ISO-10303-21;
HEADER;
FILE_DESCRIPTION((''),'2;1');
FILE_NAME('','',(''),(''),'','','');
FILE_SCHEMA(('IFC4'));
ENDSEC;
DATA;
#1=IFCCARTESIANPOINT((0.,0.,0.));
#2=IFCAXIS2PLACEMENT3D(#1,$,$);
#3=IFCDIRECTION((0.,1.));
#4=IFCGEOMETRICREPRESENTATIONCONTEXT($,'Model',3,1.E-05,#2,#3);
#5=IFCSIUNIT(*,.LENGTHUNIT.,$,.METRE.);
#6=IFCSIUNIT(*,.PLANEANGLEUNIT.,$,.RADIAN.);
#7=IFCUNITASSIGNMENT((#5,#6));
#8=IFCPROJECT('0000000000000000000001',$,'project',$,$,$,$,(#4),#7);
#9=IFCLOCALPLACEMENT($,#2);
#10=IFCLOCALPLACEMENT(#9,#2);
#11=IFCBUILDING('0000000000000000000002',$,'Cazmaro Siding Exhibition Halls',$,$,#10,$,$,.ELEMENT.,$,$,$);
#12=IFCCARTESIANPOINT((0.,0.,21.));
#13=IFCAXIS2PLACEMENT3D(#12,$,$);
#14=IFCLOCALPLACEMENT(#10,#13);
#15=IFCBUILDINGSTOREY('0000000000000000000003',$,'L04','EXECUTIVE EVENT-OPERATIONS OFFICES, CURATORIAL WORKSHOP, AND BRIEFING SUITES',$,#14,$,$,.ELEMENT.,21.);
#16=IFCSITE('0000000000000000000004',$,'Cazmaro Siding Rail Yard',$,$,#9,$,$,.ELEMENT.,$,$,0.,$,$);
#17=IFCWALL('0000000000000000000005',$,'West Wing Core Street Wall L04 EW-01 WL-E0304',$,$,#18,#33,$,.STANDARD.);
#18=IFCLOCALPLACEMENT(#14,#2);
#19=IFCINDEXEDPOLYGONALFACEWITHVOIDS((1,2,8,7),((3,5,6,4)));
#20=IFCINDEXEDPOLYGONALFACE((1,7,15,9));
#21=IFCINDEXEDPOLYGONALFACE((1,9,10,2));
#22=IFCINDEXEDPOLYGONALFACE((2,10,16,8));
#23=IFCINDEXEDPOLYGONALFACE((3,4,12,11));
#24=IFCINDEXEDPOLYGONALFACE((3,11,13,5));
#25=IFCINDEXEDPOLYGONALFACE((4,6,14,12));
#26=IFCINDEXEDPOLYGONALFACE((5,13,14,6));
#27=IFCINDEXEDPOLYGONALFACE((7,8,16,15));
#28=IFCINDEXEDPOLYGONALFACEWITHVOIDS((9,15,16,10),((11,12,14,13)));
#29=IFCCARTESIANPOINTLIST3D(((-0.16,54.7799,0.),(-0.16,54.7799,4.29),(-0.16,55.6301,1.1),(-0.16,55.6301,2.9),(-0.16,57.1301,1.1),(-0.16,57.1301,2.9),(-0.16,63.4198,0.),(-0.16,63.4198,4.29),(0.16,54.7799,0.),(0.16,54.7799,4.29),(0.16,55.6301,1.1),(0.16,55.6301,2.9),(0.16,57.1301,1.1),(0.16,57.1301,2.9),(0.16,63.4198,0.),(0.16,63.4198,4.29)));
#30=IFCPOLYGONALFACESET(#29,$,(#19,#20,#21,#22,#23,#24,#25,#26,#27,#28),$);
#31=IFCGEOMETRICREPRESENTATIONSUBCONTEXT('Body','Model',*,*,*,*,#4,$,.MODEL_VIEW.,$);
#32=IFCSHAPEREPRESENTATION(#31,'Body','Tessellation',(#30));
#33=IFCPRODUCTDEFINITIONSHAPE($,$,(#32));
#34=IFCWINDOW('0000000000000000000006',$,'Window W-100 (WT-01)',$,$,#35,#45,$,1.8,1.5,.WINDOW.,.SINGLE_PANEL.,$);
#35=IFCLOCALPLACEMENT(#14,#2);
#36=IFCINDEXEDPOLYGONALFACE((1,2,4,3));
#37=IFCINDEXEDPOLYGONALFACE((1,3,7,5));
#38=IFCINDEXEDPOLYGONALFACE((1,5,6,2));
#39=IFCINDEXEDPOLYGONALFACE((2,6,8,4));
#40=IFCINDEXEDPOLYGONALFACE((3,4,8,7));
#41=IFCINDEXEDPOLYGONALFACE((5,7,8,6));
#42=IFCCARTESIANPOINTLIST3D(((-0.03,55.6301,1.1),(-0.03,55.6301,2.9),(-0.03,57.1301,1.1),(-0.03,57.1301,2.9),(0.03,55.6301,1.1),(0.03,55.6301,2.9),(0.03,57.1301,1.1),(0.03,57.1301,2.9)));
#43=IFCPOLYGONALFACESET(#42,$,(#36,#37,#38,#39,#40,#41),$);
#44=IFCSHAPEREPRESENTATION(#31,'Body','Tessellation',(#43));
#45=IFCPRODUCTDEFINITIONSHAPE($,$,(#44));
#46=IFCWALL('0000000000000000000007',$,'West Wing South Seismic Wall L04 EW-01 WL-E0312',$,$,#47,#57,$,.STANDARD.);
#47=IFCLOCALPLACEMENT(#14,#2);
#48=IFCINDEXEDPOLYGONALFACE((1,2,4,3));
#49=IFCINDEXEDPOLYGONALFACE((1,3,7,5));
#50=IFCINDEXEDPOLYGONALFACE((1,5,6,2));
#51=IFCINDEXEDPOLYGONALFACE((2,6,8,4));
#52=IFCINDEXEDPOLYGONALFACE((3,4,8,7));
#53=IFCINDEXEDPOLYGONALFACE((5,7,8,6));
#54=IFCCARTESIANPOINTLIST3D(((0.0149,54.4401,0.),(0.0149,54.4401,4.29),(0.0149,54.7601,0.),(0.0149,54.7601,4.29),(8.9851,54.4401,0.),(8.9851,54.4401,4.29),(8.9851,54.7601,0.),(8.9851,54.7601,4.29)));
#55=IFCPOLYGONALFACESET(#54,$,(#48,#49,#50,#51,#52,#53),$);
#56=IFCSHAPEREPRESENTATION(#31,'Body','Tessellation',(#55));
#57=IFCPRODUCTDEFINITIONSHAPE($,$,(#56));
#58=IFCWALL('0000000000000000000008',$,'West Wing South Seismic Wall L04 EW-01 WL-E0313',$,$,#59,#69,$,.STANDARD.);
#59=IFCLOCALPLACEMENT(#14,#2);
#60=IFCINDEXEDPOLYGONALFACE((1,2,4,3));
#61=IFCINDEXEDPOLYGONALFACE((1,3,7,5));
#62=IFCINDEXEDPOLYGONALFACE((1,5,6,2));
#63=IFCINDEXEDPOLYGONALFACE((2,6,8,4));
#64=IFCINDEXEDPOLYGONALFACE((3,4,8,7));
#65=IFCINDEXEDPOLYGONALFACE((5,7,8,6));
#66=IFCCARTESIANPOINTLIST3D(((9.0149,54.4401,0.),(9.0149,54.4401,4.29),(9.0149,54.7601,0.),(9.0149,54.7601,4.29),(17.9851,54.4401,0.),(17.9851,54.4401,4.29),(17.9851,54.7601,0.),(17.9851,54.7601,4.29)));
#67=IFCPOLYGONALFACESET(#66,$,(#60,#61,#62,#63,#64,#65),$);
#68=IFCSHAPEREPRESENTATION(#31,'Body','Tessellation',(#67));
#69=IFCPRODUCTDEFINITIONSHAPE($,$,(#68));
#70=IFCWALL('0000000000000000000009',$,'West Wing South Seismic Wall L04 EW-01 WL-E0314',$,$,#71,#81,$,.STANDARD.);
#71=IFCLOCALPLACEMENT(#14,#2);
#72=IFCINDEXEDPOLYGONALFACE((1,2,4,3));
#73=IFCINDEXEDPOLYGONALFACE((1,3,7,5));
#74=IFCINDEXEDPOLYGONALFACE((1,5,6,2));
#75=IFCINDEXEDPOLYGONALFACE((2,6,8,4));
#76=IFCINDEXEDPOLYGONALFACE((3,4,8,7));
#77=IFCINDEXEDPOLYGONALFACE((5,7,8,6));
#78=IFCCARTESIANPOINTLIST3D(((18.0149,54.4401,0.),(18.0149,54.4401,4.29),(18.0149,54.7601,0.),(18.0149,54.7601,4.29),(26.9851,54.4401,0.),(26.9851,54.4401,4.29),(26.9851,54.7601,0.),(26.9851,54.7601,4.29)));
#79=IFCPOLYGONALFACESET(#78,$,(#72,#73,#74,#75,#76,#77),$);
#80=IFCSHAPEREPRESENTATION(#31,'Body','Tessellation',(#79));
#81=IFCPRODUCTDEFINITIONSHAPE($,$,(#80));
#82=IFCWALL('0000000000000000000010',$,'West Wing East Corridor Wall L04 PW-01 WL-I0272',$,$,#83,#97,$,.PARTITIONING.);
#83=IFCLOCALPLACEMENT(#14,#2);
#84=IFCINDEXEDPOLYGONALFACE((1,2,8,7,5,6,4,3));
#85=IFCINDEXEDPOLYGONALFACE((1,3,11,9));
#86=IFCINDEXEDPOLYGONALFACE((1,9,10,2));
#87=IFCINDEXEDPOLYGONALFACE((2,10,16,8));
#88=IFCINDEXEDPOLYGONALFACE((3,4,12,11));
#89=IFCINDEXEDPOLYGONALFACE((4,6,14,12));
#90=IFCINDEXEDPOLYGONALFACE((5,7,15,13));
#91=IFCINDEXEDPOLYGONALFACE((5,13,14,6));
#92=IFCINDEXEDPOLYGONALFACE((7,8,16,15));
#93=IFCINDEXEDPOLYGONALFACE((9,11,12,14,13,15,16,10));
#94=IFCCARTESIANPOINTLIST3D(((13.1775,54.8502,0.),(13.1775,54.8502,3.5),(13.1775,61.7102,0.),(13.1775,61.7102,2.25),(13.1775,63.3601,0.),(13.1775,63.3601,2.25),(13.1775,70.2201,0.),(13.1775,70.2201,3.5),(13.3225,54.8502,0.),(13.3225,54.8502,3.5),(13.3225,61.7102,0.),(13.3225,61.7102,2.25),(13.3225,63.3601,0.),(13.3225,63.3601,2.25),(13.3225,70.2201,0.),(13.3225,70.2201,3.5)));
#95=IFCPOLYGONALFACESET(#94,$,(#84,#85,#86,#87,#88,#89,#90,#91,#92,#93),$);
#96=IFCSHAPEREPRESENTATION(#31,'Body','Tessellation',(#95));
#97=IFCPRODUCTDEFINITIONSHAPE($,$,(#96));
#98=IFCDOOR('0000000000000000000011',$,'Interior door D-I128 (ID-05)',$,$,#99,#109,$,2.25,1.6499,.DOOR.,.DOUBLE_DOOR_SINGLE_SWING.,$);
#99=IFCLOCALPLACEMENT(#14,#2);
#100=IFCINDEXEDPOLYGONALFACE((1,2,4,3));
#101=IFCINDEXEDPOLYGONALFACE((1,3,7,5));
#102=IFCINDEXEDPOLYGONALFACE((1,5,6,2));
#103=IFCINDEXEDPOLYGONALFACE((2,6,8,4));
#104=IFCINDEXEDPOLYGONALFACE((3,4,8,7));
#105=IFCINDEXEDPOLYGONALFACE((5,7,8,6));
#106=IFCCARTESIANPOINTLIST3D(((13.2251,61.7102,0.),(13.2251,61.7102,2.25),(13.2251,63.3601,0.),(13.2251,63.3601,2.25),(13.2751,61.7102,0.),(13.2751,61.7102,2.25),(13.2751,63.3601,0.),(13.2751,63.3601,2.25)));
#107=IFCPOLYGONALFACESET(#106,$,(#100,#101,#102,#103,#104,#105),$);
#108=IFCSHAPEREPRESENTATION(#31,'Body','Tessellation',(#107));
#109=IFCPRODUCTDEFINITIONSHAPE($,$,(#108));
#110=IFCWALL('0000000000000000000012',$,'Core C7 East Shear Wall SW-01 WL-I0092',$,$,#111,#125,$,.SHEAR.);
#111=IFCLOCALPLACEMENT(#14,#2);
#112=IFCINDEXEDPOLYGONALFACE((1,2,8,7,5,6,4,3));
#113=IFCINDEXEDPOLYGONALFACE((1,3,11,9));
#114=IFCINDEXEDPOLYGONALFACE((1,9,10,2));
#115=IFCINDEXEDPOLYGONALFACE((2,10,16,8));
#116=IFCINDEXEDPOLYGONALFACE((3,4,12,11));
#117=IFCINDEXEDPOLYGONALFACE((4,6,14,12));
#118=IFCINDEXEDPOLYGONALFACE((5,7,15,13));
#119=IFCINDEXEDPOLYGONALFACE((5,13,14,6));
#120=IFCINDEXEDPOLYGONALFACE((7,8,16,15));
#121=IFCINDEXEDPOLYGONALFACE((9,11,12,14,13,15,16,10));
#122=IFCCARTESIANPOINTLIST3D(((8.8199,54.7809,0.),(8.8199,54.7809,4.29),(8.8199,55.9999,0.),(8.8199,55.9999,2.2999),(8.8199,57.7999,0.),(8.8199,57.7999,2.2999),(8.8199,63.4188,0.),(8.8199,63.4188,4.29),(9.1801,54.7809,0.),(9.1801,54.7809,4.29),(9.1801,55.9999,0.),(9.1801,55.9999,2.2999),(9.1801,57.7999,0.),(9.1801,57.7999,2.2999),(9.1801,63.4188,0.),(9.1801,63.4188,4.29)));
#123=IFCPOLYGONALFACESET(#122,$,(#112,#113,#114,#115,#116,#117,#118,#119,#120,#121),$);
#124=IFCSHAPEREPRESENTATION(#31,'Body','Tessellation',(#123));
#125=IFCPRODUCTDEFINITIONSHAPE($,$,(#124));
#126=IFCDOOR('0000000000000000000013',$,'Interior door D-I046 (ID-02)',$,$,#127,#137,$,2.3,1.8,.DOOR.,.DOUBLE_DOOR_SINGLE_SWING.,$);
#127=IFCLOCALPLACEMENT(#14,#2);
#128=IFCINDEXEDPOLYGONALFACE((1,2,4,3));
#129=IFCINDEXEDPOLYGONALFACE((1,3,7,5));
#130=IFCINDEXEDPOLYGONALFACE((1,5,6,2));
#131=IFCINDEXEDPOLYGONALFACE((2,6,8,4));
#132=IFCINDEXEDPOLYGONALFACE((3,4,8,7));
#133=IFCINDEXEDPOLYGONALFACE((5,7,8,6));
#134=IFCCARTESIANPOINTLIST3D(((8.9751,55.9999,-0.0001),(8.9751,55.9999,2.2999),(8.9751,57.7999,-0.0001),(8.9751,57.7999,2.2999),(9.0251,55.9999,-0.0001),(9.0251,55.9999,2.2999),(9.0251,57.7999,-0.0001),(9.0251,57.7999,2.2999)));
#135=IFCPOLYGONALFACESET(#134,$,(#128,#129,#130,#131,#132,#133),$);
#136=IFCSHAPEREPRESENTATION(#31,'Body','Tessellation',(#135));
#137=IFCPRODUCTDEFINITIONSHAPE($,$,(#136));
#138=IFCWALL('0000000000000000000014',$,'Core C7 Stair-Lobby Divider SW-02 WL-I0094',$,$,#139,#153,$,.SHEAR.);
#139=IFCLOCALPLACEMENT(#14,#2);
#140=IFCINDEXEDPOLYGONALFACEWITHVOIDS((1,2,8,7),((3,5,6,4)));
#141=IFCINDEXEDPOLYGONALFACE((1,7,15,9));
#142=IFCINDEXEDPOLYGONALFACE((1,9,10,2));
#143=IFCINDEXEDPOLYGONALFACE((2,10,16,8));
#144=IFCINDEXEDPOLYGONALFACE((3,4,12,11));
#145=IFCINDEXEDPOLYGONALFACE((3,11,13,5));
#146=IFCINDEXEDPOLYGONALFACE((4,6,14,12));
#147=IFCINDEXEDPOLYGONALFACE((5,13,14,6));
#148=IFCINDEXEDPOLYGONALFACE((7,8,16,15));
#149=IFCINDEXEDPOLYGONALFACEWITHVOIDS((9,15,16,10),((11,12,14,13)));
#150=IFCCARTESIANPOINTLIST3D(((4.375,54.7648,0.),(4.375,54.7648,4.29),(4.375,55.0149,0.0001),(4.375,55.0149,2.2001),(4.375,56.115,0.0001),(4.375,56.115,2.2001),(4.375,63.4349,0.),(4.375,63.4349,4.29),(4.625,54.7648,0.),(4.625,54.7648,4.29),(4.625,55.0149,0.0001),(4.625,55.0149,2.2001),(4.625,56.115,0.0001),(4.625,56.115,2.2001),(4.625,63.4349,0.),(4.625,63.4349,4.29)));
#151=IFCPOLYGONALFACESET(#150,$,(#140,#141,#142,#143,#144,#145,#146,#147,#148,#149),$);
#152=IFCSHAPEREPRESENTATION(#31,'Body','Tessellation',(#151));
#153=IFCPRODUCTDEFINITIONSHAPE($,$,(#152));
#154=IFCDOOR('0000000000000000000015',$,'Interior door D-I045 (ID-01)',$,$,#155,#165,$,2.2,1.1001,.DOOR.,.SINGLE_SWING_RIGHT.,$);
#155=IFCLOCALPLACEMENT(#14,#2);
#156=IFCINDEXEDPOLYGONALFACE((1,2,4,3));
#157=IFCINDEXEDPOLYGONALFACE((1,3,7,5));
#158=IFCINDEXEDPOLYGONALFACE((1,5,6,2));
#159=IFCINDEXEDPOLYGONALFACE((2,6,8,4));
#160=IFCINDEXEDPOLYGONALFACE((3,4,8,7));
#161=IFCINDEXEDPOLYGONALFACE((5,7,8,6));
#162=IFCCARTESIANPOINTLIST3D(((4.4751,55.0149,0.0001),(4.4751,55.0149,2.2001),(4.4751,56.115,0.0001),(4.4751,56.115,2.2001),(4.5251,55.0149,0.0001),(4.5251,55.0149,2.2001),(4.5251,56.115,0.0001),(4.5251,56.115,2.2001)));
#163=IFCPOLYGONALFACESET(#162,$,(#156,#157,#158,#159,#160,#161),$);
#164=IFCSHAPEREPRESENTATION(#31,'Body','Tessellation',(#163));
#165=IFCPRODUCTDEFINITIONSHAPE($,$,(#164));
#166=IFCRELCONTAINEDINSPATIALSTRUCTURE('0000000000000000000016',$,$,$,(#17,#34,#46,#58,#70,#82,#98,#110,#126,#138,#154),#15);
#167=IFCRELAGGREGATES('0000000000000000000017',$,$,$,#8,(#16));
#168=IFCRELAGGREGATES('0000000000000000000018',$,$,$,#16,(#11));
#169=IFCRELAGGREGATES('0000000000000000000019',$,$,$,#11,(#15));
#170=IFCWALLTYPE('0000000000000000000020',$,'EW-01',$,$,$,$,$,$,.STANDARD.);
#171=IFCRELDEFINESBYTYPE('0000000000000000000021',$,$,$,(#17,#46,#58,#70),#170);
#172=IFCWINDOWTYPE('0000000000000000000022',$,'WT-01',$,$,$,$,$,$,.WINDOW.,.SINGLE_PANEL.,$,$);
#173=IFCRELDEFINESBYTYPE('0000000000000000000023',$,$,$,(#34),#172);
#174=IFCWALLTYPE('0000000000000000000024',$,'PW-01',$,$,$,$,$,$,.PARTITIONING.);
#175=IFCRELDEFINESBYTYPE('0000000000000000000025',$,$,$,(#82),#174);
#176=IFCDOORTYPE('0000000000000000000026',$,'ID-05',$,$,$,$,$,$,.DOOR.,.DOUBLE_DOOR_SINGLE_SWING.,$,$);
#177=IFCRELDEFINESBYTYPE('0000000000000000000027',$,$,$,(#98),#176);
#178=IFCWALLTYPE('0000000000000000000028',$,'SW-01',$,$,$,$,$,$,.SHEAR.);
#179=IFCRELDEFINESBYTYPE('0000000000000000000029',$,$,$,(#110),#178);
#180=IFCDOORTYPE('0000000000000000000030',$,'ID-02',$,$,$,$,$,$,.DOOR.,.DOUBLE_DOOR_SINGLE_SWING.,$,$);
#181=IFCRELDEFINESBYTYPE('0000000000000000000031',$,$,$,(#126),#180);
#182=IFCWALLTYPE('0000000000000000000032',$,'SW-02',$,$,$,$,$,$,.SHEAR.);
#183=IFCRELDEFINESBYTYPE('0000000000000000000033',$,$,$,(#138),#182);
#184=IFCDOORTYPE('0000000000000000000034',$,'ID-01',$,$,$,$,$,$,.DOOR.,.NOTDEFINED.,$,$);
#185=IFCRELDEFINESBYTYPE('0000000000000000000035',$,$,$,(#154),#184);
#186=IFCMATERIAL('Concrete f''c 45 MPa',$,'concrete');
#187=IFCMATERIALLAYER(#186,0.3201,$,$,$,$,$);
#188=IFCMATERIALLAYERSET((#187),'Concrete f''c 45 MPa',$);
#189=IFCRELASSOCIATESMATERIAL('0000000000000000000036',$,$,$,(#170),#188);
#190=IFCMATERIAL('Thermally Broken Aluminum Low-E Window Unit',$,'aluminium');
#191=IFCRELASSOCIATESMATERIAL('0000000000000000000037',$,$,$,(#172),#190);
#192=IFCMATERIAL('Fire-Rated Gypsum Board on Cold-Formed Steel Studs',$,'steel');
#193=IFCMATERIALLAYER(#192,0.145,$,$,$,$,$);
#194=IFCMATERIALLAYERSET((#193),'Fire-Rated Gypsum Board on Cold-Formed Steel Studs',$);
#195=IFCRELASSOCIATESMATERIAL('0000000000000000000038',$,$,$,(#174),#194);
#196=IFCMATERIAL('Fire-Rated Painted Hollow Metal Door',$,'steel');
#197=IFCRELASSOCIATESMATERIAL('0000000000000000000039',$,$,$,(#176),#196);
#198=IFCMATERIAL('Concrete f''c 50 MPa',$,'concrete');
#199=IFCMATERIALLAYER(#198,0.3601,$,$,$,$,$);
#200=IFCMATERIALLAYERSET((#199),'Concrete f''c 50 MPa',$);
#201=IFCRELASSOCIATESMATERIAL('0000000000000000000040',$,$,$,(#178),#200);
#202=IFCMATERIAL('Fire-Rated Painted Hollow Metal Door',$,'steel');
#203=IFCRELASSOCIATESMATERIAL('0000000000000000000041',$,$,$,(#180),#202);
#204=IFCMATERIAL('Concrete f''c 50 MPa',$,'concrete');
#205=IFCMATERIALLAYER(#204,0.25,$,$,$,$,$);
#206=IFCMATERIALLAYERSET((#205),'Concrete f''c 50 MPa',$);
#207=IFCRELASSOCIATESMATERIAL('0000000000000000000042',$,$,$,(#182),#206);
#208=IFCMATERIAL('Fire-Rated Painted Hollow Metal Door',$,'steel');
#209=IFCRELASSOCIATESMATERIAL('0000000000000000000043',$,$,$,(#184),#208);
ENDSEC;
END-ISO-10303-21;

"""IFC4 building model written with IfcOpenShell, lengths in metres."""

from ifc_helpers import new_model, si_unit, direction, frame, frame_2d, origin, place, context, subcontext, project, spatial, rectangle, extrude, material, layer, layer_set, type_object, element, fill, save


model = new_model("IFC4")

# Units and contexts
model_context = context("Model", 3, precision=1e-05, world=origin(), true_north=direction((0.0, 1.0)))
body_context = subcontext(model_context, "Body", "Model", "MODEL_VIEW")
ifc_project = project(units=[si_unit("LENGTHUNIT", "METRE"), si_unit("PLANEANGLEUNIT", "RADIAN")], contexts=[model_context])

# Site, building, storey
site_placement = place(None, origin())
site = spatial("IfcSite", under=ifc_project, at=site_placement, Name="Cazmaro Siding Rail Yard", CompositionType="ELEMENT", RefElevation=0.0)
building_placement = place(site_placement, origin())
building = spatial("IfcBuilding", under=site, at=building_placement, Name="Cazmaro Siding Exhibition Halls", CompositionType="ELEMENT")
storey_placement = place(building_placement, frame((0.0, 0.0, 21.0)))
storey = spatial("IfcBuildingStorey", under=building, at=storey_placement, Name="L04", Description="EXECUTIVE EVENT-OPERATIONS OFFICES, CURATORIAL WORKSHOP, AND BRIEFING SUITES", CompositionType="ELEMENT", Elevation=21.0)

# Wall, opening, window
ifc_material_1 = material(Name="Concrete f'c 45 MPa", Category="concrete")
ifc_layer_1 = layer(ifc_material_1, 0.3201)
ifc_layer_set_1 = layer_set([ifc_layer_1], Name="Concrete f'c 45 MPa")
wall_type_1 = type_object("IfcWallType", Name="EW-01", PredefinedType="STANDARD", material=ifc_layer_set_1)
wall_1_placement = place(storey_placement, frame((0.0, 54.78, 0.0), z_axis=(0.0, 0.0, 1.0), x_axis=(0.0, 1.0, 0.0)))
wall_1 = element("IfcWall", 1, at=wall_1_placement, inside=storey, type_object=wall_type_1, Name="West Wing Core Street Wall L04 EW-01 WL-E0304", PredefinedType="STANDARD", context=body_context, shape_type="SweptSolid", body=[
    extrude(rectangle(XDim=8.6399, YDim=0.3201, at=frame_2d((4.3198, 0.0))), origin(), (0.0, 0.0, 1.0), 4.29),
])
opening_1_placement = place(wall_1_placement, frame((0.8501, 0.0, 1.1001)))
opening_1 = element("IfcOpeningElement", 2, at=opening_1_placement, cuts=wall_1, PredefinedType="OPENING", context=body_context, shape_type="SweptSolid", body=[
    extrude(rectangle(XDim=1.5, YDim=1.8, at=frame_2d((0.75, 0.8999))), frame((0.0, 0.1699, 0.0), z_axis=(0.0, -1.0, 0.0), x_axis=(1.0, 0.0, 0.0)), (0.0, 0.0, 1.0), 0.3401),
])
ifc_material_2 = material(Name="Thermally Broken Aluminum Low-E Window Unit", Category="aluminium")
window_type = type_object("IfcWindowType", Name="WT-01", PartitioningType="SINGLE_PANEL", PredefinedType="WINDOW", material=ifc_material_2)
window_placement = place(opening_1_placement, origin())
window = element("IfcWindow", 3, at=window_placement, inside=storey, type_object=window_type, Name="Window W-100 (WT-01)", OverallHeight=1.8, OverallWidth=1.5, PartitioningType="SINGLE_PANEL", PredefinedType="WINDOW", context=body_context, shape_type="SweptSolid", body=[
    extrude(rectangle(XDim=1.5, YDim=1.8, at=frame_2d((0.75, 0.8999))), frame((0.0, 0.03, 0.0), z_axis=(0.0, -1.0, 0.0), x_axis=(1.0, 0.0, 0.0)), (0.0, 0.0, 1.0), 0.0601),
])
fill(opening_1, window)

# Walls
for number, where, z_axis, x_axis, name in (
    (4, (8.9851, 54.6001, 0.0), (0.0, 0.0, 1.0), (-1.0, 0.0, 0.0), "West Wing South Seismic Wall L04 EW-01 WL-E0312"),
    (5, (17.9851, 54.6001, 0.0), (0.0, 0.0, 1.0), (-1.0, 0.0, 0.0), "West Wing South Seismic Wall L04 EW-01 WL-E0313"),
    (6, (26.9851, 54.6001, 0.0), (0.0, 0.0, 1.0), (-1.0, 0.0, 0.0), "West Wing South Seismic Wall L04 EW-01 WL-E0314"),
):
    element("IfcWall", number, at=place(storey_placement, frame(where, z_axis=z_axis, x_axis=x_axis)), inside=storey, type_object=wall_type_1, Name=name, PredefinedType="STANDARD", context=body_context, shape_type="SweptSolid", body=[
        extrude(rectangle(XDim=8.9702, YDim=0.3201, at=frame_2d((4.4851, 0.0))), origin(), (0.0, 0.0, 1.0), 4.29),
    ])

# Walls, openings, doors
ifc_material_3 = material(Name="Fire-Rated Gypsum Board on Cold-Formed Steel Studs", Category="steel")
ifc_layer_2 = layer(ifc_material_3, 0.145)
ifc_layer_set_2 = layer_set([ifc_layer_2], Name="Fire-Rated Gypsum Board on Cold-Formed Steel Studs")
wall_type_2 = type_object("IfcWallType", Name="PW-01", PredefinedType="PARTITIONING", material=ifc_layer_set_2)
wall_2_placement = place(storey_placement, frame((13.25, 54.8501, 0.0), z_axis=(0.0, 0.0, 1.0), x_axis=(0.0, 1.0, 0.0)))
wall_2 = element("IfcWall", 7, at=wall_2_placement, inside=storey, type_object=wall_type_2, Name="West Wing East Corridor Wall L04 PW-01 WL-I0272", PredefinedType="PARTITIONING", context=body_context, shape_type="SweptSolid", body=[
    extrude(rectangle(XDim=15.3699, YDim=0.145, at=frame_2d((7.6851, 0.0))), origin(), (0.0, 0.0, 1.0), 3.5),
])
opening_2_placement = place(wall_2_placement, frame((6.8601, 0.0, 0.0)))
opening_2 = element("IfcOpeningElement", 8, at=opening_2_placement, cuts=wall_2, PredefinedType="OPENING", context=body_context, shape_type="SweptSolid", body=[
    extrude(rectangle(XDim=1.6499, YDim=2.25, at=frame_2d((0.825, 1.125))), frame((0.0, 0.0825, 0.0), z_axis=(0.0, -1.0, 0.0), x_axis=(1.0, 0.0, 0.0)), (0.0, 0.0, 1.0), 0.165),
])
ifc_material_4 = material(Name="Fire-Rated Painted Hollow Metal Door", Category="steel")
door_type_1 = type_object("IfcDoorType", Name="ID-05", OperationType="DOUBLE_DOOR_SINGLE_SWING", PredefinedType="DOOR", material=ifc_material_4)
door_1_placement = place(opening_2_placement, origin())
door_1 = element("IfcDoor", 9, at=door_1_placement, inside=storey, type_object=door_type_1, Name="Interior door D-I128 (ID-05)", OperationType="DOUBLE_DOOR_SINGLE_SWING", OverallHeight=2.25, OverallWidth=1.6499, PredefinedType="DOOR", context=body_context, shape_type="SweptSolid", body=[
    extrude(rectangle(XDim=1.6499, YDim=2.25, at=frame_2d((0.825, 1.125))), frame((0.0, 0.0249, 0.0), z_axis=(0.0, -1.0, 0.0), x_axis=(1.0, 0.0, 0.0)), (0.0, 0.0, 1.0), 0.05),
])
fill(opening_2, door_1)
ifc_material_5 = material(Name="Concrete f'c 50 MPa", Category="concrete")
ifc_layer_3 = layer(ifc_material_5, 0.3601)
ifc_layer_set_3 = layer_set([ifc_layer_3], Name="Concrete f'c 50 MPa")
wall_type_3 = type_object("IfcWallType", Name="SW-01", PredefinedType="SHEAR", material=ifc_layer_set_3)
wall_3_placement = place(storey_placement, frame((9.0, 54.781, 0.0), z_axis=(0.0, 0.0, 1.0), x_axis=(0.0, 1.0, 0.0)))
wall_3 = element("IfcWall", 10, at=wall_3_placement, inside=storey, type_object=wall_type_3, Name="Core C7 East Shear Wall SW-01 WL-I0092", PredefinedType="SHEAR", context=body_context, shape_type="SweptSolid", body=[
    extrude(rectangle(XDim=8.6379, YDim=0.3601, at=frame_2d((4.3188, 0.0))), origin(), (0.0, 0.0, 1.0), 4.29),
])
opening_3_placement = place(wall_3_placement, frame((1.219, 0.0, 0.0)))
opening_3 = element("IfcOpeningElement", 11, at=opening_3_placement, cuts=wall_3, PredefinedType="OPENING", context=body_context, shape_type="SweptSolid", body=[
    extrude(rectangle(XDim=1.8, YDim=2.3, at=frame_2d((0.8999, 1.1499))), frame((0.0, 0.1899, 0.0), z_axis=(0.0, -1.0, 0.0), x_axis=(1.0, 0.0, 0.0)), (0.0, 0.0, 1.0), 0.3801),
])
ifc_material_6 = material(Name="Fire-Rated Painted Hollow Metal Door", Category="steel")
door_type_2 = type_object("IfcDoorType", Name="ID-02", OperationType="DOUBLE_DOOR_SINGLE_SWING", PredefinedType="DOOR", material=ifc_material_6)
door_2_placement = place(opening_3_placement, origin())
door_2 = element("IfcDoor", 12, at=door_2_placement, inside=storey, type_object=door_type_2, Name="Interior door D-I046 (ID-02)", OperationType="DOUBLE_DOOR_SINGLE_SWING", OverallHeight=2.3, OverallWidth=1.8, PredefinedType="DOOR", context=body_context, shape_type="SweptSolid", body=[
    extrude(rectangle(XDim=1.8, YDim=2.3, at=frame_2d((0.8999, 1.1499))), frame((0.0, 0.0249, 0.0), z_axis=(0.0, -1.0, 0.0), x_axis=(1.0, 0.0, 0.0)), (0.0, 0.0, 1.0), 0.05),
])
fill(opening_3, door_2)
ifc_material_7 = material(Name="Concrete f'c 50 MPa", Category="concrete")
ifc_layer_4 = layer(ifc_material_7, 0.25)
ifc_layer_set_4 = layer_set([ifc_layer_4], Name="Concrete f'c 50 MPa")
wall_type_4 = type_object("IfcWallType", Name="SW-02", PredefinedType="SHEAR", material=ifc_layer_set_4)
wall_4_placement = place(storey_placement, frame((4.5, 54.7649, 0.0), z_axis=(0.0, 0.0, 1.0), x_axis=(0.0, 1.0, 0.0)))
wall_4 = element("IfcWall", 13, at=wall_4_placement, inside=storey, type_object=wall_type_4, Name="Core C7 Stair-Lobby Divider SW-02 WL-I0094", PredefinedType="SHEAR", context=body_context, shape_type="SweptSolid", body=[
    extrude(rectangle(XDim=8.6702, YDim=0.25, at=frame_2d((4.335, 0.0))), origin(), (0.0, 0.0, 1.0), 4.29),
])
opening_4_placement = place(wall_4_placement, frame((0.25, 0.0, 0.0)))
opening_4 = element("IfcOpeningElement", 14, at=opening_4_placement, cuts=wall_4, PredefinedType="OPENING", context=body_context, shape_type="SweptSolid", body=[
    extrude(rectangle(XDim=1.1001, YDim=2.2, at=frame_2d((0.55, 1.1001))), frame((0.0, 0.135, 0.0), z_axis=(0.0, -1.0, 0.0), x_axis=(1.0, 0.0, 0.0)), (0.0, 0.0, 1.0), 0.27),
])
ifc_material_8 = material(Name="Fire-Rated Painted Hollow Metal Door", Category="steel")
door_type_3 = type_object("IfcDoorType", Name="ID-01", OperationType="NOTDEFINED", PredefinedType="DOOR", material=ifc_material_8)
door_3_placement = place(opening_4_placement, origin())
door_3 = element("IfcDoor", 15, at=door_3_placement, inside=storey, type_object=door_type_3, Name="Interior door D-I045 (ID-01)", OperationType="SINGLE_SWING_RIGHT", OverallHeight=2.2, OverallWidth=1.1001, PredefinedType="DOOR", context=body_context, shape_type="SweptSolid", body=[
    extrude(rectangle(XDim=1.1001, YDim=2.2, at=frame_2d((0.55, 1.1001))), frame((0.0, 0.0249, 0.0), z_axis=(0.0, -1.0, 0.0), x_axis=(1.0, 0.0, 0.0)), (0.0, 0.0, 1.0), 0.05),
])
fill(opening_4, door_3)

save(model, "model.ifc")
